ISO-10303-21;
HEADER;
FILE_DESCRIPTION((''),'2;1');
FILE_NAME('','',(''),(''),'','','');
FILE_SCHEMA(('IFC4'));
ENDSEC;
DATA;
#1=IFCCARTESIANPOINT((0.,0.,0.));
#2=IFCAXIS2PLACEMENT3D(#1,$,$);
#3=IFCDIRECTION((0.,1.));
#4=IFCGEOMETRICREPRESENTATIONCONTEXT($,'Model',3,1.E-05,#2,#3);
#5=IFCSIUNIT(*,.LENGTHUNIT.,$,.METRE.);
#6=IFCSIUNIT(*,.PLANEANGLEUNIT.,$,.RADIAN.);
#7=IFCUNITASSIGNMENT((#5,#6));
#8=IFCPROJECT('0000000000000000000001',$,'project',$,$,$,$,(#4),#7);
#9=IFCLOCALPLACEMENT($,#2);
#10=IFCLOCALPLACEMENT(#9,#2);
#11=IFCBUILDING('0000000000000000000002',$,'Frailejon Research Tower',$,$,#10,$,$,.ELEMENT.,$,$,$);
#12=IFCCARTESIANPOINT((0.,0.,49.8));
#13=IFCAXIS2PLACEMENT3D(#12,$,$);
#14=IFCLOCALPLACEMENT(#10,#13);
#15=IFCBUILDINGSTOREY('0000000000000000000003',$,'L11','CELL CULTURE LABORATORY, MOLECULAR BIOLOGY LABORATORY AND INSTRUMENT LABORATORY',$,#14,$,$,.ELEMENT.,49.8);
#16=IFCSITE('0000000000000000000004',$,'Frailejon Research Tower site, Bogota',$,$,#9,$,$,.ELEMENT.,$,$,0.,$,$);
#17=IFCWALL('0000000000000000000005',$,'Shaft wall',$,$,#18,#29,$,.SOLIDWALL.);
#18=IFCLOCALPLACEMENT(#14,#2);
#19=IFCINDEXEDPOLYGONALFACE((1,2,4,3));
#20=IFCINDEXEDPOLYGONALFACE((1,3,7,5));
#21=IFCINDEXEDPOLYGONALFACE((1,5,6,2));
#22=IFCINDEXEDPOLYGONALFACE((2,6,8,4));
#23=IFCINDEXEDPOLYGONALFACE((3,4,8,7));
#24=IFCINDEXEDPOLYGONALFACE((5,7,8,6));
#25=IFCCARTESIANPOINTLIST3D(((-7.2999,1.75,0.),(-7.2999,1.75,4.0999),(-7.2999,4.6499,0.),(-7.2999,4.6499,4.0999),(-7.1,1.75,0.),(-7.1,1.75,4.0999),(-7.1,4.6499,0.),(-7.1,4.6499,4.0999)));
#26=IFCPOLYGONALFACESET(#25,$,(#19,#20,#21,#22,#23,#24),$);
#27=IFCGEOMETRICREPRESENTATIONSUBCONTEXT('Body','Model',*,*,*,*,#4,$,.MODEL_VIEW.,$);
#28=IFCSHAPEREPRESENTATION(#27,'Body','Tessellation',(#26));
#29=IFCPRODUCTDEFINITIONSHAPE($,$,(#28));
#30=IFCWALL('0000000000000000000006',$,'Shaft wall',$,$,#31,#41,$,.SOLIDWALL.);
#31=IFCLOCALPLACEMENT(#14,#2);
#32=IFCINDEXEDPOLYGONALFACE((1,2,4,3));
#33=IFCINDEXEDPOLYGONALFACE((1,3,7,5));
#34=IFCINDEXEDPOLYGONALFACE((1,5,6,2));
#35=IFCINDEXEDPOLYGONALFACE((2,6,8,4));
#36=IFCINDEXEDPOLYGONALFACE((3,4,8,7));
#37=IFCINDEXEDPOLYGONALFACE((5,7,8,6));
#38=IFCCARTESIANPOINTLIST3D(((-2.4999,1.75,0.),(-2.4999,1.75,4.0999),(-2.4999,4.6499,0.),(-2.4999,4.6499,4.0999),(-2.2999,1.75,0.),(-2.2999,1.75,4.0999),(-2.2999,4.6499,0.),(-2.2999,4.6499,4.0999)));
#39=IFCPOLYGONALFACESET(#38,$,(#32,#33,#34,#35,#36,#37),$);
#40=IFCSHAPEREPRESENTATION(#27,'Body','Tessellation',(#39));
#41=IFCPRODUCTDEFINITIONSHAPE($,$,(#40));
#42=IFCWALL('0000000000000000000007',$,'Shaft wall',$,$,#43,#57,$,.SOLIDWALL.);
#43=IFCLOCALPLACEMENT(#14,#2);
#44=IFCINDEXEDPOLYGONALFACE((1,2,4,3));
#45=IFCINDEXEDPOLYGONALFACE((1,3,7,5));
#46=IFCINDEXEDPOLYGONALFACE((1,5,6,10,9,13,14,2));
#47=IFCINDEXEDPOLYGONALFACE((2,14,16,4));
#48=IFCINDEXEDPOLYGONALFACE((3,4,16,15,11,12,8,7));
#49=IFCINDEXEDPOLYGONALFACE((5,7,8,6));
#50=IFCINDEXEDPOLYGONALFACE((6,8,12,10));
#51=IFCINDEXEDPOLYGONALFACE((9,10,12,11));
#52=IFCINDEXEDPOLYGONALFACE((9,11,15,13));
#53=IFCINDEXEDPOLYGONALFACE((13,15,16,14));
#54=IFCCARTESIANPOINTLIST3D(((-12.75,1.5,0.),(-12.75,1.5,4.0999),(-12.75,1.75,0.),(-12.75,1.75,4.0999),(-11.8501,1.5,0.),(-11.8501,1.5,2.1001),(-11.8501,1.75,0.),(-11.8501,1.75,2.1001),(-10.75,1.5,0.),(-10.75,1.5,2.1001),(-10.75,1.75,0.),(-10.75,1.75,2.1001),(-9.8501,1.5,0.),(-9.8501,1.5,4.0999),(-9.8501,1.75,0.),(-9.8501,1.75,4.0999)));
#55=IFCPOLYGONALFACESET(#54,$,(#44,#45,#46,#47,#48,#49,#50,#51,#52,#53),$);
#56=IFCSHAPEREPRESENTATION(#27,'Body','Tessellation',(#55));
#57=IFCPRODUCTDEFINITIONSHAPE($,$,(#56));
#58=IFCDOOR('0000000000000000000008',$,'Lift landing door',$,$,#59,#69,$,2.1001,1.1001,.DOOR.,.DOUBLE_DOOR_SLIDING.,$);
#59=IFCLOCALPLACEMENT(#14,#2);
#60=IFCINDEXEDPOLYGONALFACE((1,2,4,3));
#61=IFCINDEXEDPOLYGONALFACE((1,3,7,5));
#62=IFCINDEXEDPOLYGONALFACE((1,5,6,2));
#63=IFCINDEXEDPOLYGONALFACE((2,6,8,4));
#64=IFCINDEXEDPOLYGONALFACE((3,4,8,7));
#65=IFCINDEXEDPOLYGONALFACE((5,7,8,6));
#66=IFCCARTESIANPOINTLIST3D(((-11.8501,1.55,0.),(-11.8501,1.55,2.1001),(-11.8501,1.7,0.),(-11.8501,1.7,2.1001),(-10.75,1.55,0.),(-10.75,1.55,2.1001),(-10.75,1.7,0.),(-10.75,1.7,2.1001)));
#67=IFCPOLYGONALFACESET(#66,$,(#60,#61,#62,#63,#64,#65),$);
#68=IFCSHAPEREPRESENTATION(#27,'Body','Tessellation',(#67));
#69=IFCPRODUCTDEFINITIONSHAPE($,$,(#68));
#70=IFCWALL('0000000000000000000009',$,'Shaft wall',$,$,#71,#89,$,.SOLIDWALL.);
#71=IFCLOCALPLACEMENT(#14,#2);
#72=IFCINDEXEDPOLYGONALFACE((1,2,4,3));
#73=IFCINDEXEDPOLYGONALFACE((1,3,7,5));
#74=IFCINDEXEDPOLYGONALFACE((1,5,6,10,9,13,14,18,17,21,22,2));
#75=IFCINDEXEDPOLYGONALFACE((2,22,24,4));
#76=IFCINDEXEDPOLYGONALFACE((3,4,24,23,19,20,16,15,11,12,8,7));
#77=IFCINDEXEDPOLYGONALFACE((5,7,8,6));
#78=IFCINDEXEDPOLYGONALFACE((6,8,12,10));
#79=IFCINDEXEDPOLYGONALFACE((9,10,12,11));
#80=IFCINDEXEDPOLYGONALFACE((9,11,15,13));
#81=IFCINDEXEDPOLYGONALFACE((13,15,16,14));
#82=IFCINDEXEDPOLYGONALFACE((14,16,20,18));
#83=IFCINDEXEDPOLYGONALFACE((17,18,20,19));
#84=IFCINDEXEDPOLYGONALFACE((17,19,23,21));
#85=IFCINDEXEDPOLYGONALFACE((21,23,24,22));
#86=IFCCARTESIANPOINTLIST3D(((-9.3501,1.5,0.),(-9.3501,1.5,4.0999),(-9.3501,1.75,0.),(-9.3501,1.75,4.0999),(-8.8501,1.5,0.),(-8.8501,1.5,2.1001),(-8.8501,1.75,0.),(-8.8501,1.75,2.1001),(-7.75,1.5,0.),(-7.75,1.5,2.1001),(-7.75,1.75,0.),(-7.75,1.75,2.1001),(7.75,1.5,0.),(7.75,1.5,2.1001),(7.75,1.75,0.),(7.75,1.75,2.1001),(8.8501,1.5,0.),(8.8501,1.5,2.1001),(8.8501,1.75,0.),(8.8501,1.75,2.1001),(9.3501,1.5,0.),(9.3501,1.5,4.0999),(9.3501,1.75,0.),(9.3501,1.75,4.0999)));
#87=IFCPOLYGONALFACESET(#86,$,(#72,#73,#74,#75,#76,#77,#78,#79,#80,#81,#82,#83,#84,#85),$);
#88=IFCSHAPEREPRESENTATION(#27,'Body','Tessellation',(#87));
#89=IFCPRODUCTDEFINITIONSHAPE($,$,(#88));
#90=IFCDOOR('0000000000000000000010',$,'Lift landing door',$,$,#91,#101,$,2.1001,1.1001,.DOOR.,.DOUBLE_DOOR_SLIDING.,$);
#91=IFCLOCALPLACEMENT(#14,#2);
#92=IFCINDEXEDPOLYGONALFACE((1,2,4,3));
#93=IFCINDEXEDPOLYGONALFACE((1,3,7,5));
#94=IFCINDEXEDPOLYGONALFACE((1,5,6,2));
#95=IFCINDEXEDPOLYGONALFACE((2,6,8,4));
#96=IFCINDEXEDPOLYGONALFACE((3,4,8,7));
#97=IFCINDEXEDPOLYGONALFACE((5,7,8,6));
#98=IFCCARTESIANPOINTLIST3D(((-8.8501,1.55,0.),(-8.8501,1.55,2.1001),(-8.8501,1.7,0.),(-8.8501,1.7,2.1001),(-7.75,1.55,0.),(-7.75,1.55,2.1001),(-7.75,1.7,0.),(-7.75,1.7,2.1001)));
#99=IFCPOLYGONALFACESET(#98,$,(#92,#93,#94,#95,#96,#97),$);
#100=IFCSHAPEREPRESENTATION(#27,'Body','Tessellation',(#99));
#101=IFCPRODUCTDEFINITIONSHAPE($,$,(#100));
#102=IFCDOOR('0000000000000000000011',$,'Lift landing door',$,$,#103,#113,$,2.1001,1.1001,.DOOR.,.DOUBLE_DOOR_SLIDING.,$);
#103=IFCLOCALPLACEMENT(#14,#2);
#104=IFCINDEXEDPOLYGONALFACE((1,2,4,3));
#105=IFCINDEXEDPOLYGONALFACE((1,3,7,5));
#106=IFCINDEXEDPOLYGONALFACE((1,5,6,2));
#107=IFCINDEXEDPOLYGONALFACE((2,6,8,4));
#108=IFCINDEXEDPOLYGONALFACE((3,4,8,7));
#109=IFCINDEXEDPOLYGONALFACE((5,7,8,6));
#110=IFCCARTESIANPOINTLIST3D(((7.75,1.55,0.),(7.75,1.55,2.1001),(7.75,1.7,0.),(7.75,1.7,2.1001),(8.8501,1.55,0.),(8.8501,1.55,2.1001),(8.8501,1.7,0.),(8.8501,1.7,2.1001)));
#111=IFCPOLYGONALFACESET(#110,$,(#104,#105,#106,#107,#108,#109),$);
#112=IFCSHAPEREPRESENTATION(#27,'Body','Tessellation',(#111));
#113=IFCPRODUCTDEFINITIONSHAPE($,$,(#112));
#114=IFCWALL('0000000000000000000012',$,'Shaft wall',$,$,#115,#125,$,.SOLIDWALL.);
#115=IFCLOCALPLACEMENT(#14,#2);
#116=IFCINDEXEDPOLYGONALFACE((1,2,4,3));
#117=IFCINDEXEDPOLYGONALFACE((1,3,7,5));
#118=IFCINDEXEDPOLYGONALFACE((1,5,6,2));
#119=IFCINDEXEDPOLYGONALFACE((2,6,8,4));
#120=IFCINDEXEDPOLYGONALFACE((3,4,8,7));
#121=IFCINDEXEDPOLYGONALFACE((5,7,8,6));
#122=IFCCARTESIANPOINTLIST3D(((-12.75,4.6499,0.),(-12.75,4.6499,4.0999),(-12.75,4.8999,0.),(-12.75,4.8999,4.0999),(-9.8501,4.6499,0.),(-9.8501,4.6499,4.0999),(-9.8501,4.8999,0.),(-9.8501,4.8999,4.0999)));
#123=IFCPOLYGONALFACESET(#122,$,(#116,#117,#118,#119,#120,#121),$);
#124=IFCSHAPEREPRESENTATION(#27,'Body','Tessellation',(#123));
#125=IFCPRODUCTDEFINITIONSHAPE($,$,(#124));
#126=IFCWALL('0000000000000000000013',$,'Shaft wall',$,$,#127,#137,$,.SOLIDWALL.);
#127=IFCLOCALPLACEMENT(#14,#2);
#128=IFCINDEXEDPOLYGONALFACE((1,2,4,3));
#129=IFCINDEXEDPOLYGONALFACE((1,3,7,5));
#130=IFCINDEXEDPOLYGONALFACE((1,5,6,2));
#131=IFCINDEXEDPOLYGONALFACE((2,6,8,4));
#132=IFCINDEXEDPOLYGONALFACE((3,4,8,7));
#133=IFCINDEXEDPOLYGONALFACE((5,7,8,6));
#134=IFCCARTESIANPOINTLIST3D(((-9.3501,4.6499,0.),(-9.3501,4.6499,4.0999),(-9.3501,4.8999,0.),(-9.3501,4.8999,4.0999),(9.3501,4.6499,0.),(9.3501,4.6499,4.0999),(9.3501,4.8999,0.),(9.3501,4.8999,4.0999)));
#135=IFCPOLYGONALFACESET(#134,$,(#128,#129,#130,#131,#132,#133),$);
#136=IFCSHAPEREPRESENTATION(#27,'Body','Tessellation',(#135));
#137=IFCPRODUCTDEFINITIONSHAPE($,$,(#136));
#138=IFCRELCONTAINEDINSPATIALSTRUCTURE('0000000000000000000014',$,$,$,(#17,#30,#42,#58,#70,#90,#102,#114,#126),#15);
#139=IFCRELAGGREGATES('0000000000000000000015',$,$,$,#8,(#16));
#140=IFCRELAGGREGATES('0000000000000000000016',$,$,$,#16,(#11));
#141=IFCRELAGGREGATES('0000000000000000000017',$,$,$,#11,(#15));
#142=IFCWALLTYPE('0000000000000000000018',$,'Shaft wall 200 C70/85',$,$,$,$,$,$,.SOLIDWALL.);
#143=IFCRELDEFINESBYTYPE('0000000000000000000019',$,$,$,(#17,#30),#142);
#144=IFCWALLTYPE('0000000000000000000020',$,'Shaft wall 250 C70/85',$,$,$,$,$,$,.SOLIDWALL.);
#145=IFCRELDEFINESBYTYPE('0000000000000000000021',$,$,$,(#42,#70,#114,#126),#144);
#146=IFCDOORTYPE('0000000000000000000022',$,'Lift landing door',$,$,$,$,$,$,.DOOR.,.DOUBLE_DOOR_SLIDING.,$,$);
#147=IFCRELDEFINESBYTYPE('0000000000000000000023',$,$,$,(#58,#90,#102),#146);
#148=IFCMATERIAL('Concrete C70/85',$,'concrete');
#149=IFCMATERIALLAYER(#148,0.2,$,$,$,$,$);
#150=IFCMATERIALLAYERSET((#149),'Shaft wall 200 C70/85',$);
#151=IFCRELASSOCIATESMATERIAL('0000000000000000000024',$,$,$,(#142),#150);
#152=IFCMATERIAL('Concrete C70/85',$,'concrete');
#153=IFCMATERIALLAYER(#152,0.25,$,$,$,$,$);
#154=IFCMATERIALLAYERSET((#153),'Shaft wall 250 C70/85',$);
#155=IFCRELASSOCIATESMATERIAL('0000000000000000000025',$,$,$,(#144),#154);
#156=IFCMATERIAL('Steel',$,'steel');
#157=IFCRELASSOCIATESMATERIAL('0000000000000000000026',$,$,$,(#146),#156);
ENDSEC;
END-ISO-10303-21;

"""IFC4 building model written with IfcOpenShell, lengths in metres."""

from ifc_helpers import new_model, si_unit, direction, frame, frame_2d, origin, place, context, subcontext, project, spatial, rectangle, extrude, material, layer, layer_set, type_object, element, fill, save


model = new_model("IFC4")

# Units and contexts
model_context = context("Model", 3, precision=1e-05, world=origin(), true_north=direction((0.0, 1.0)))
body_context = subcontext(model_context, "Body", "Model", "MODEL_VIEW")
ifc_project = project(units=[si_unit("LENGTHUNIT", "METRE"), si_unit("PLANEANGLEUNIT", "RADIAN")], contexts=[model_context])

# Site, building, storey
site_placement = place(None, origin())
site = spatial("IfcSite", under=ifc_project, at=site_placement, Name="Frailejon Research Tower site, Bogota", CompositionType="ELEMENT", RefElevation=0.0)
building_placement = place(site_placement, origin())
building = spatial("IfcBuilding", under=site, at=building_placement, Name="Frailejon Research Tower", CompositionType="ELEMENT")
storey_placement = place(building_placement, frame((0.0, 0.0, 49.8)))
storey = spatial("IfcBuildingStorey", under=building, at=storey_placement, Name="L11", Description="CELL CULTURE LABORATORY, MOLECULAR BIOLOGY LABORATORY AND INSTRUMENT LABORATORY", CompositionType="ELEMENT", Elevation=49.8)

# Walls
ifc_material_1 = material(Name="Concrete C70/85", Category="concrete")
ifc_layer_1 = layer(ifc_material_1, 0.2)
ifc_layer_set_1 = layer_set([ifc_layer_1], Name="Shaft wall 200 C70/85")
wall_type_1 = type_object("IfcWallType", Name="Shaft wall 200 C70/85", PredefinedType="SOLIDWALL", material=ifc_layer_set_1)
for number, where, z_axis, x_axis, name in (
    (1, (-7.2, 1.75, 0.0), (0.0, 0.0, 1.0), (0.0, 1.0, 0.0), "Shaft wall"),
    (2, (-2.3999, 1.75, 0.0), (0.0, 0.0, 1.0), (0.0, 1.0, 0.0), "Shaft wall"),
):
    element("IfcWall", number, at=place(storey_placement, frame(where, z_axis=z_axis, x_axis=x_axis)), inside=storey, type_object=wall_type_1, Name=name, PredefinedType="SOLIDWALL", context=body_context, shape_type="SweptSolid", body=[
        extrude(rectangle(XDim=2.8999, YDim=0.2, at=frame_2d((1.45, 0.0))), origin(), (0.0, 0.0, 1.0), 4.0999),
    ])

# Wall, opening, door
ifc_material_2 = material(Name="Concrete C70/85", Category="concrete")
ifc_layer_2 = layer(ifc_material_2, 0.25)
ifc_layer_set_2 = layer_set([ifc_layer_2], Name="Shaft wall 250 C70/85")
wall_type_2 = type_object("IfcWallType", Name="Shaft wall 250 C70/85", PredefinedType="SOLIDWALL", material=ifc_layer_set_2)
wall_1_placement = place(storey_placement, frame((-12.75, 1.625, 0.0), z_axis=(0.0, 0.0, 1.0), x_axis=(1.0, 0.0, 0.0)))
wall_1 = element("IfcWall", 3, at=wall_1_placement, inside=storey, type_object=wall_type_2, Name="Shaft wall", PredefinedType="SOLIDWALL", context=body_context, shape_type="SweptSolid", body=[
    extrude(rectangle(XDim=2.8999, YDim=0.25, at=frame_2d((1.45, 0.0))), origin(), (0.0, 0.0, 1.0), 4.0999),
])
opening_1_placement = place(wall_1_placement, frame((0.8999, 0.0, 0.0)))
opening_1 = element("IfcOpeningElement", 4, at=opening_1_placement, cuts=wall_1, PredefinedType="OPENING", context=body_context, shape_type="SweptSolid", body=[
    extrude(rectangle(XDim=1.1001, YDim=2.1001, at=frame_2d((0.55, 1.05))), frame((0.0, 0.135, 0.0), z_axis=(0.0, -1.0, 0.0), x_axis=(1.0, 0.0, 0.0)), (0.0, 0.0, 1.0), 0.27),
])
ifc_material_3 = material(Name="Steel", Category="steel")
door_type = type_object("IfcDoorType", Name="Lift landing door", OperationType="DOUBLE_DOOR_SLIDING", PredefinedType="DOOR", material=ifc_material_3)
door_1_placement = place(opening_1_placement, origin())
door_1 = element("IfcDoor", 5, at=door_1_placement, inside=storey, type_object=door_type, Name="Lift landing door", OperationType="DOUBLE_DOOR_SLIDING", OverallHeight=2.1001, OverallWidth=1.1001, PredefinedType="DOOR", context=body_context, shape_type="SweptSolid", body=[
    extrude(rectangle(XDim=1.1001, YDim=2.1001, at=frame_2d((0.55, 1.05))), frame((0.0, 0.075, 0.0), z_axis=(0.0, -1.0, 0.0), x_axis=(1.0, 0.0, 0.0)), (0.0, 0.0, 1.0), 0.1499),
])
fill(opening_1, door_1)

# Wall, openings, doors
wall_2_placement = place(storey_placement, frame((-9.3501, 1.625, 0.0), z_axis=(0.0, 0.0, 1.0), x_axis=(1.0, 0.0, 0.0)))
wall_2 = element("IfcWall", 6, at=wall_2_placement, inside=storey, type_object=wall_type_2, Name="Shaft wall", PredefinedType="SOLIDWALL", context=body_context, shape_type="SweptSolid", body=[
    extrude(rectangle(XDim=18.7002, YDim=0.25, at=frame_2d((9.3501, 0.0))), origin(), (0.0, 0.0, 1.0), 4.0999),
])
opening_2_placement = place(wall_2_placement, frame((0.5, 0.0, 0.0)))
opening_2 = element("IfcOpeningElement", 7, at=opening_2_placement, cuts=wall_2, PredefinedType="OPENING", context=body_context, shape_type="SweptSolid", body=[
    extrude(rectangle(XDim=1.1001, YDim=2.1001, at=frame_2d((0.55, 1.05))), frame((0.0, 0.135, 0.0), z_axis=(0.0, -1.0, 0.0), x_axis=(1.0, 0.0, 0.0)), (0.0, 0.0, 1.0), 0.27),
])
opening_3_placement = place(wall_2_placement, frame((17.1001, 0.0, 0.0)))
opening_3 = element("IfcOpeningElement", 8, at=opening_3_placement, cuts=wall_2, PredefinedType="OPENING", context=body_context, shape_type="SweptSolid", body=[
    extrude(rectangle(XDim=1.1001, YDim=2.1001, at=frame_2d((0.55, 1.05))), frame((0.0, 0.135, 0.0), z_axis=(0.0, -1.0, 0.0), x_axis=(1.0, 0.0, 0.0)), (0.0, 0.0, 1.0), 0.27),
])
door_2_placement = place(opening_2_placement, origin())
door_2 = element("IfcDoor", 9, at=door_2_placement, inside=storey, type_object=door_type, Name="Lift landing door", OperationType="DOUBLE_DOOR_SLIDING", OverallHeight=2.1001, OverallWidth=1.1001, PredefinedType="DOOR", context=body_context, shape_type="SweptSolid", body=[
    extrude(rectangle(XDim=1.1001, YDim=2.1001, at=frame_2d((0.55, 1.05))), frame((0.0, 0.075, 0.0), z_axis=(0.0, -1.0, 0.0), x_axis=(1.0, 0.0, 0.0)), (0.0, 0.0, 1.0), 0.1499),
])
fill(opening_2, door_2)
door_3_placement = place(opening_3_placement, origin())
door_3 = element("IfcDoor", 10, at=door_3_placement, inside=storey, type_object=door_type, Name="Lift landing door", OperationType="DOUBLE_DOOR_SLIDING", OverallHeight=2.1001, OverallWidth=1.1001, PredefinedType="DOOR", context=body_context, shape_type="SweptSolid", body=[
    extrude(rectangle(XDim=1.1001, YDim=2.1001, at=frame_2d((0.55, 1.05))), frame((0.0, 0.075, 0.0), z_axis=(0.0, -1.0, 0.0), x_axis=(1.0, 0.0, 0.0)), (0.0, 0.0, 1.0), 0.1499),
])
fill(opening_3, door_3)

# Walls
wall_3_placement = place(storey_placement, frame((-12.75, 4.7749, 0.0), z_axis=(0.0, 0.0, 1.0), x_axis=(1.0, 0.0, 0.0)))
element("IfcWall", 11, at=wall_3_placement, inside=storey, type_object=wall_type_2, Name="Shaft wall", PredefinedType="SOLIDWALL", context=body_context, shape_type="SweptSolid", body=[
    extrude(rectangle(XDim=2.8999, YDim=0.25, at=frame_2d((1.45, 0.0))), origin(), (0.0, 0.0, 1.0), 4.0999),
])
wall_4_placement = place(storey_placement, frame((-9.3501, 4.7749, 0.0), z_axis=(0.0, 0.0, 1.0), x_axis=(1.0, 0.0, 0.0)))
element("IfcWall", 12, at=wall_4_placement, inside=storey, type_object=wall_type_2, Name="Shaft wall", PredefinedType="SOLIDWALL", context=body_context, shape_type="SweptSolid", body=[
    extrude(rectangle(XDim=18.7002, YDim=0.25, at=frame_2d((9.3501, 0.0))), origin(), (0.0, 0.0, 1.0), 4.0999),
])

save(model, "model.ifc")
